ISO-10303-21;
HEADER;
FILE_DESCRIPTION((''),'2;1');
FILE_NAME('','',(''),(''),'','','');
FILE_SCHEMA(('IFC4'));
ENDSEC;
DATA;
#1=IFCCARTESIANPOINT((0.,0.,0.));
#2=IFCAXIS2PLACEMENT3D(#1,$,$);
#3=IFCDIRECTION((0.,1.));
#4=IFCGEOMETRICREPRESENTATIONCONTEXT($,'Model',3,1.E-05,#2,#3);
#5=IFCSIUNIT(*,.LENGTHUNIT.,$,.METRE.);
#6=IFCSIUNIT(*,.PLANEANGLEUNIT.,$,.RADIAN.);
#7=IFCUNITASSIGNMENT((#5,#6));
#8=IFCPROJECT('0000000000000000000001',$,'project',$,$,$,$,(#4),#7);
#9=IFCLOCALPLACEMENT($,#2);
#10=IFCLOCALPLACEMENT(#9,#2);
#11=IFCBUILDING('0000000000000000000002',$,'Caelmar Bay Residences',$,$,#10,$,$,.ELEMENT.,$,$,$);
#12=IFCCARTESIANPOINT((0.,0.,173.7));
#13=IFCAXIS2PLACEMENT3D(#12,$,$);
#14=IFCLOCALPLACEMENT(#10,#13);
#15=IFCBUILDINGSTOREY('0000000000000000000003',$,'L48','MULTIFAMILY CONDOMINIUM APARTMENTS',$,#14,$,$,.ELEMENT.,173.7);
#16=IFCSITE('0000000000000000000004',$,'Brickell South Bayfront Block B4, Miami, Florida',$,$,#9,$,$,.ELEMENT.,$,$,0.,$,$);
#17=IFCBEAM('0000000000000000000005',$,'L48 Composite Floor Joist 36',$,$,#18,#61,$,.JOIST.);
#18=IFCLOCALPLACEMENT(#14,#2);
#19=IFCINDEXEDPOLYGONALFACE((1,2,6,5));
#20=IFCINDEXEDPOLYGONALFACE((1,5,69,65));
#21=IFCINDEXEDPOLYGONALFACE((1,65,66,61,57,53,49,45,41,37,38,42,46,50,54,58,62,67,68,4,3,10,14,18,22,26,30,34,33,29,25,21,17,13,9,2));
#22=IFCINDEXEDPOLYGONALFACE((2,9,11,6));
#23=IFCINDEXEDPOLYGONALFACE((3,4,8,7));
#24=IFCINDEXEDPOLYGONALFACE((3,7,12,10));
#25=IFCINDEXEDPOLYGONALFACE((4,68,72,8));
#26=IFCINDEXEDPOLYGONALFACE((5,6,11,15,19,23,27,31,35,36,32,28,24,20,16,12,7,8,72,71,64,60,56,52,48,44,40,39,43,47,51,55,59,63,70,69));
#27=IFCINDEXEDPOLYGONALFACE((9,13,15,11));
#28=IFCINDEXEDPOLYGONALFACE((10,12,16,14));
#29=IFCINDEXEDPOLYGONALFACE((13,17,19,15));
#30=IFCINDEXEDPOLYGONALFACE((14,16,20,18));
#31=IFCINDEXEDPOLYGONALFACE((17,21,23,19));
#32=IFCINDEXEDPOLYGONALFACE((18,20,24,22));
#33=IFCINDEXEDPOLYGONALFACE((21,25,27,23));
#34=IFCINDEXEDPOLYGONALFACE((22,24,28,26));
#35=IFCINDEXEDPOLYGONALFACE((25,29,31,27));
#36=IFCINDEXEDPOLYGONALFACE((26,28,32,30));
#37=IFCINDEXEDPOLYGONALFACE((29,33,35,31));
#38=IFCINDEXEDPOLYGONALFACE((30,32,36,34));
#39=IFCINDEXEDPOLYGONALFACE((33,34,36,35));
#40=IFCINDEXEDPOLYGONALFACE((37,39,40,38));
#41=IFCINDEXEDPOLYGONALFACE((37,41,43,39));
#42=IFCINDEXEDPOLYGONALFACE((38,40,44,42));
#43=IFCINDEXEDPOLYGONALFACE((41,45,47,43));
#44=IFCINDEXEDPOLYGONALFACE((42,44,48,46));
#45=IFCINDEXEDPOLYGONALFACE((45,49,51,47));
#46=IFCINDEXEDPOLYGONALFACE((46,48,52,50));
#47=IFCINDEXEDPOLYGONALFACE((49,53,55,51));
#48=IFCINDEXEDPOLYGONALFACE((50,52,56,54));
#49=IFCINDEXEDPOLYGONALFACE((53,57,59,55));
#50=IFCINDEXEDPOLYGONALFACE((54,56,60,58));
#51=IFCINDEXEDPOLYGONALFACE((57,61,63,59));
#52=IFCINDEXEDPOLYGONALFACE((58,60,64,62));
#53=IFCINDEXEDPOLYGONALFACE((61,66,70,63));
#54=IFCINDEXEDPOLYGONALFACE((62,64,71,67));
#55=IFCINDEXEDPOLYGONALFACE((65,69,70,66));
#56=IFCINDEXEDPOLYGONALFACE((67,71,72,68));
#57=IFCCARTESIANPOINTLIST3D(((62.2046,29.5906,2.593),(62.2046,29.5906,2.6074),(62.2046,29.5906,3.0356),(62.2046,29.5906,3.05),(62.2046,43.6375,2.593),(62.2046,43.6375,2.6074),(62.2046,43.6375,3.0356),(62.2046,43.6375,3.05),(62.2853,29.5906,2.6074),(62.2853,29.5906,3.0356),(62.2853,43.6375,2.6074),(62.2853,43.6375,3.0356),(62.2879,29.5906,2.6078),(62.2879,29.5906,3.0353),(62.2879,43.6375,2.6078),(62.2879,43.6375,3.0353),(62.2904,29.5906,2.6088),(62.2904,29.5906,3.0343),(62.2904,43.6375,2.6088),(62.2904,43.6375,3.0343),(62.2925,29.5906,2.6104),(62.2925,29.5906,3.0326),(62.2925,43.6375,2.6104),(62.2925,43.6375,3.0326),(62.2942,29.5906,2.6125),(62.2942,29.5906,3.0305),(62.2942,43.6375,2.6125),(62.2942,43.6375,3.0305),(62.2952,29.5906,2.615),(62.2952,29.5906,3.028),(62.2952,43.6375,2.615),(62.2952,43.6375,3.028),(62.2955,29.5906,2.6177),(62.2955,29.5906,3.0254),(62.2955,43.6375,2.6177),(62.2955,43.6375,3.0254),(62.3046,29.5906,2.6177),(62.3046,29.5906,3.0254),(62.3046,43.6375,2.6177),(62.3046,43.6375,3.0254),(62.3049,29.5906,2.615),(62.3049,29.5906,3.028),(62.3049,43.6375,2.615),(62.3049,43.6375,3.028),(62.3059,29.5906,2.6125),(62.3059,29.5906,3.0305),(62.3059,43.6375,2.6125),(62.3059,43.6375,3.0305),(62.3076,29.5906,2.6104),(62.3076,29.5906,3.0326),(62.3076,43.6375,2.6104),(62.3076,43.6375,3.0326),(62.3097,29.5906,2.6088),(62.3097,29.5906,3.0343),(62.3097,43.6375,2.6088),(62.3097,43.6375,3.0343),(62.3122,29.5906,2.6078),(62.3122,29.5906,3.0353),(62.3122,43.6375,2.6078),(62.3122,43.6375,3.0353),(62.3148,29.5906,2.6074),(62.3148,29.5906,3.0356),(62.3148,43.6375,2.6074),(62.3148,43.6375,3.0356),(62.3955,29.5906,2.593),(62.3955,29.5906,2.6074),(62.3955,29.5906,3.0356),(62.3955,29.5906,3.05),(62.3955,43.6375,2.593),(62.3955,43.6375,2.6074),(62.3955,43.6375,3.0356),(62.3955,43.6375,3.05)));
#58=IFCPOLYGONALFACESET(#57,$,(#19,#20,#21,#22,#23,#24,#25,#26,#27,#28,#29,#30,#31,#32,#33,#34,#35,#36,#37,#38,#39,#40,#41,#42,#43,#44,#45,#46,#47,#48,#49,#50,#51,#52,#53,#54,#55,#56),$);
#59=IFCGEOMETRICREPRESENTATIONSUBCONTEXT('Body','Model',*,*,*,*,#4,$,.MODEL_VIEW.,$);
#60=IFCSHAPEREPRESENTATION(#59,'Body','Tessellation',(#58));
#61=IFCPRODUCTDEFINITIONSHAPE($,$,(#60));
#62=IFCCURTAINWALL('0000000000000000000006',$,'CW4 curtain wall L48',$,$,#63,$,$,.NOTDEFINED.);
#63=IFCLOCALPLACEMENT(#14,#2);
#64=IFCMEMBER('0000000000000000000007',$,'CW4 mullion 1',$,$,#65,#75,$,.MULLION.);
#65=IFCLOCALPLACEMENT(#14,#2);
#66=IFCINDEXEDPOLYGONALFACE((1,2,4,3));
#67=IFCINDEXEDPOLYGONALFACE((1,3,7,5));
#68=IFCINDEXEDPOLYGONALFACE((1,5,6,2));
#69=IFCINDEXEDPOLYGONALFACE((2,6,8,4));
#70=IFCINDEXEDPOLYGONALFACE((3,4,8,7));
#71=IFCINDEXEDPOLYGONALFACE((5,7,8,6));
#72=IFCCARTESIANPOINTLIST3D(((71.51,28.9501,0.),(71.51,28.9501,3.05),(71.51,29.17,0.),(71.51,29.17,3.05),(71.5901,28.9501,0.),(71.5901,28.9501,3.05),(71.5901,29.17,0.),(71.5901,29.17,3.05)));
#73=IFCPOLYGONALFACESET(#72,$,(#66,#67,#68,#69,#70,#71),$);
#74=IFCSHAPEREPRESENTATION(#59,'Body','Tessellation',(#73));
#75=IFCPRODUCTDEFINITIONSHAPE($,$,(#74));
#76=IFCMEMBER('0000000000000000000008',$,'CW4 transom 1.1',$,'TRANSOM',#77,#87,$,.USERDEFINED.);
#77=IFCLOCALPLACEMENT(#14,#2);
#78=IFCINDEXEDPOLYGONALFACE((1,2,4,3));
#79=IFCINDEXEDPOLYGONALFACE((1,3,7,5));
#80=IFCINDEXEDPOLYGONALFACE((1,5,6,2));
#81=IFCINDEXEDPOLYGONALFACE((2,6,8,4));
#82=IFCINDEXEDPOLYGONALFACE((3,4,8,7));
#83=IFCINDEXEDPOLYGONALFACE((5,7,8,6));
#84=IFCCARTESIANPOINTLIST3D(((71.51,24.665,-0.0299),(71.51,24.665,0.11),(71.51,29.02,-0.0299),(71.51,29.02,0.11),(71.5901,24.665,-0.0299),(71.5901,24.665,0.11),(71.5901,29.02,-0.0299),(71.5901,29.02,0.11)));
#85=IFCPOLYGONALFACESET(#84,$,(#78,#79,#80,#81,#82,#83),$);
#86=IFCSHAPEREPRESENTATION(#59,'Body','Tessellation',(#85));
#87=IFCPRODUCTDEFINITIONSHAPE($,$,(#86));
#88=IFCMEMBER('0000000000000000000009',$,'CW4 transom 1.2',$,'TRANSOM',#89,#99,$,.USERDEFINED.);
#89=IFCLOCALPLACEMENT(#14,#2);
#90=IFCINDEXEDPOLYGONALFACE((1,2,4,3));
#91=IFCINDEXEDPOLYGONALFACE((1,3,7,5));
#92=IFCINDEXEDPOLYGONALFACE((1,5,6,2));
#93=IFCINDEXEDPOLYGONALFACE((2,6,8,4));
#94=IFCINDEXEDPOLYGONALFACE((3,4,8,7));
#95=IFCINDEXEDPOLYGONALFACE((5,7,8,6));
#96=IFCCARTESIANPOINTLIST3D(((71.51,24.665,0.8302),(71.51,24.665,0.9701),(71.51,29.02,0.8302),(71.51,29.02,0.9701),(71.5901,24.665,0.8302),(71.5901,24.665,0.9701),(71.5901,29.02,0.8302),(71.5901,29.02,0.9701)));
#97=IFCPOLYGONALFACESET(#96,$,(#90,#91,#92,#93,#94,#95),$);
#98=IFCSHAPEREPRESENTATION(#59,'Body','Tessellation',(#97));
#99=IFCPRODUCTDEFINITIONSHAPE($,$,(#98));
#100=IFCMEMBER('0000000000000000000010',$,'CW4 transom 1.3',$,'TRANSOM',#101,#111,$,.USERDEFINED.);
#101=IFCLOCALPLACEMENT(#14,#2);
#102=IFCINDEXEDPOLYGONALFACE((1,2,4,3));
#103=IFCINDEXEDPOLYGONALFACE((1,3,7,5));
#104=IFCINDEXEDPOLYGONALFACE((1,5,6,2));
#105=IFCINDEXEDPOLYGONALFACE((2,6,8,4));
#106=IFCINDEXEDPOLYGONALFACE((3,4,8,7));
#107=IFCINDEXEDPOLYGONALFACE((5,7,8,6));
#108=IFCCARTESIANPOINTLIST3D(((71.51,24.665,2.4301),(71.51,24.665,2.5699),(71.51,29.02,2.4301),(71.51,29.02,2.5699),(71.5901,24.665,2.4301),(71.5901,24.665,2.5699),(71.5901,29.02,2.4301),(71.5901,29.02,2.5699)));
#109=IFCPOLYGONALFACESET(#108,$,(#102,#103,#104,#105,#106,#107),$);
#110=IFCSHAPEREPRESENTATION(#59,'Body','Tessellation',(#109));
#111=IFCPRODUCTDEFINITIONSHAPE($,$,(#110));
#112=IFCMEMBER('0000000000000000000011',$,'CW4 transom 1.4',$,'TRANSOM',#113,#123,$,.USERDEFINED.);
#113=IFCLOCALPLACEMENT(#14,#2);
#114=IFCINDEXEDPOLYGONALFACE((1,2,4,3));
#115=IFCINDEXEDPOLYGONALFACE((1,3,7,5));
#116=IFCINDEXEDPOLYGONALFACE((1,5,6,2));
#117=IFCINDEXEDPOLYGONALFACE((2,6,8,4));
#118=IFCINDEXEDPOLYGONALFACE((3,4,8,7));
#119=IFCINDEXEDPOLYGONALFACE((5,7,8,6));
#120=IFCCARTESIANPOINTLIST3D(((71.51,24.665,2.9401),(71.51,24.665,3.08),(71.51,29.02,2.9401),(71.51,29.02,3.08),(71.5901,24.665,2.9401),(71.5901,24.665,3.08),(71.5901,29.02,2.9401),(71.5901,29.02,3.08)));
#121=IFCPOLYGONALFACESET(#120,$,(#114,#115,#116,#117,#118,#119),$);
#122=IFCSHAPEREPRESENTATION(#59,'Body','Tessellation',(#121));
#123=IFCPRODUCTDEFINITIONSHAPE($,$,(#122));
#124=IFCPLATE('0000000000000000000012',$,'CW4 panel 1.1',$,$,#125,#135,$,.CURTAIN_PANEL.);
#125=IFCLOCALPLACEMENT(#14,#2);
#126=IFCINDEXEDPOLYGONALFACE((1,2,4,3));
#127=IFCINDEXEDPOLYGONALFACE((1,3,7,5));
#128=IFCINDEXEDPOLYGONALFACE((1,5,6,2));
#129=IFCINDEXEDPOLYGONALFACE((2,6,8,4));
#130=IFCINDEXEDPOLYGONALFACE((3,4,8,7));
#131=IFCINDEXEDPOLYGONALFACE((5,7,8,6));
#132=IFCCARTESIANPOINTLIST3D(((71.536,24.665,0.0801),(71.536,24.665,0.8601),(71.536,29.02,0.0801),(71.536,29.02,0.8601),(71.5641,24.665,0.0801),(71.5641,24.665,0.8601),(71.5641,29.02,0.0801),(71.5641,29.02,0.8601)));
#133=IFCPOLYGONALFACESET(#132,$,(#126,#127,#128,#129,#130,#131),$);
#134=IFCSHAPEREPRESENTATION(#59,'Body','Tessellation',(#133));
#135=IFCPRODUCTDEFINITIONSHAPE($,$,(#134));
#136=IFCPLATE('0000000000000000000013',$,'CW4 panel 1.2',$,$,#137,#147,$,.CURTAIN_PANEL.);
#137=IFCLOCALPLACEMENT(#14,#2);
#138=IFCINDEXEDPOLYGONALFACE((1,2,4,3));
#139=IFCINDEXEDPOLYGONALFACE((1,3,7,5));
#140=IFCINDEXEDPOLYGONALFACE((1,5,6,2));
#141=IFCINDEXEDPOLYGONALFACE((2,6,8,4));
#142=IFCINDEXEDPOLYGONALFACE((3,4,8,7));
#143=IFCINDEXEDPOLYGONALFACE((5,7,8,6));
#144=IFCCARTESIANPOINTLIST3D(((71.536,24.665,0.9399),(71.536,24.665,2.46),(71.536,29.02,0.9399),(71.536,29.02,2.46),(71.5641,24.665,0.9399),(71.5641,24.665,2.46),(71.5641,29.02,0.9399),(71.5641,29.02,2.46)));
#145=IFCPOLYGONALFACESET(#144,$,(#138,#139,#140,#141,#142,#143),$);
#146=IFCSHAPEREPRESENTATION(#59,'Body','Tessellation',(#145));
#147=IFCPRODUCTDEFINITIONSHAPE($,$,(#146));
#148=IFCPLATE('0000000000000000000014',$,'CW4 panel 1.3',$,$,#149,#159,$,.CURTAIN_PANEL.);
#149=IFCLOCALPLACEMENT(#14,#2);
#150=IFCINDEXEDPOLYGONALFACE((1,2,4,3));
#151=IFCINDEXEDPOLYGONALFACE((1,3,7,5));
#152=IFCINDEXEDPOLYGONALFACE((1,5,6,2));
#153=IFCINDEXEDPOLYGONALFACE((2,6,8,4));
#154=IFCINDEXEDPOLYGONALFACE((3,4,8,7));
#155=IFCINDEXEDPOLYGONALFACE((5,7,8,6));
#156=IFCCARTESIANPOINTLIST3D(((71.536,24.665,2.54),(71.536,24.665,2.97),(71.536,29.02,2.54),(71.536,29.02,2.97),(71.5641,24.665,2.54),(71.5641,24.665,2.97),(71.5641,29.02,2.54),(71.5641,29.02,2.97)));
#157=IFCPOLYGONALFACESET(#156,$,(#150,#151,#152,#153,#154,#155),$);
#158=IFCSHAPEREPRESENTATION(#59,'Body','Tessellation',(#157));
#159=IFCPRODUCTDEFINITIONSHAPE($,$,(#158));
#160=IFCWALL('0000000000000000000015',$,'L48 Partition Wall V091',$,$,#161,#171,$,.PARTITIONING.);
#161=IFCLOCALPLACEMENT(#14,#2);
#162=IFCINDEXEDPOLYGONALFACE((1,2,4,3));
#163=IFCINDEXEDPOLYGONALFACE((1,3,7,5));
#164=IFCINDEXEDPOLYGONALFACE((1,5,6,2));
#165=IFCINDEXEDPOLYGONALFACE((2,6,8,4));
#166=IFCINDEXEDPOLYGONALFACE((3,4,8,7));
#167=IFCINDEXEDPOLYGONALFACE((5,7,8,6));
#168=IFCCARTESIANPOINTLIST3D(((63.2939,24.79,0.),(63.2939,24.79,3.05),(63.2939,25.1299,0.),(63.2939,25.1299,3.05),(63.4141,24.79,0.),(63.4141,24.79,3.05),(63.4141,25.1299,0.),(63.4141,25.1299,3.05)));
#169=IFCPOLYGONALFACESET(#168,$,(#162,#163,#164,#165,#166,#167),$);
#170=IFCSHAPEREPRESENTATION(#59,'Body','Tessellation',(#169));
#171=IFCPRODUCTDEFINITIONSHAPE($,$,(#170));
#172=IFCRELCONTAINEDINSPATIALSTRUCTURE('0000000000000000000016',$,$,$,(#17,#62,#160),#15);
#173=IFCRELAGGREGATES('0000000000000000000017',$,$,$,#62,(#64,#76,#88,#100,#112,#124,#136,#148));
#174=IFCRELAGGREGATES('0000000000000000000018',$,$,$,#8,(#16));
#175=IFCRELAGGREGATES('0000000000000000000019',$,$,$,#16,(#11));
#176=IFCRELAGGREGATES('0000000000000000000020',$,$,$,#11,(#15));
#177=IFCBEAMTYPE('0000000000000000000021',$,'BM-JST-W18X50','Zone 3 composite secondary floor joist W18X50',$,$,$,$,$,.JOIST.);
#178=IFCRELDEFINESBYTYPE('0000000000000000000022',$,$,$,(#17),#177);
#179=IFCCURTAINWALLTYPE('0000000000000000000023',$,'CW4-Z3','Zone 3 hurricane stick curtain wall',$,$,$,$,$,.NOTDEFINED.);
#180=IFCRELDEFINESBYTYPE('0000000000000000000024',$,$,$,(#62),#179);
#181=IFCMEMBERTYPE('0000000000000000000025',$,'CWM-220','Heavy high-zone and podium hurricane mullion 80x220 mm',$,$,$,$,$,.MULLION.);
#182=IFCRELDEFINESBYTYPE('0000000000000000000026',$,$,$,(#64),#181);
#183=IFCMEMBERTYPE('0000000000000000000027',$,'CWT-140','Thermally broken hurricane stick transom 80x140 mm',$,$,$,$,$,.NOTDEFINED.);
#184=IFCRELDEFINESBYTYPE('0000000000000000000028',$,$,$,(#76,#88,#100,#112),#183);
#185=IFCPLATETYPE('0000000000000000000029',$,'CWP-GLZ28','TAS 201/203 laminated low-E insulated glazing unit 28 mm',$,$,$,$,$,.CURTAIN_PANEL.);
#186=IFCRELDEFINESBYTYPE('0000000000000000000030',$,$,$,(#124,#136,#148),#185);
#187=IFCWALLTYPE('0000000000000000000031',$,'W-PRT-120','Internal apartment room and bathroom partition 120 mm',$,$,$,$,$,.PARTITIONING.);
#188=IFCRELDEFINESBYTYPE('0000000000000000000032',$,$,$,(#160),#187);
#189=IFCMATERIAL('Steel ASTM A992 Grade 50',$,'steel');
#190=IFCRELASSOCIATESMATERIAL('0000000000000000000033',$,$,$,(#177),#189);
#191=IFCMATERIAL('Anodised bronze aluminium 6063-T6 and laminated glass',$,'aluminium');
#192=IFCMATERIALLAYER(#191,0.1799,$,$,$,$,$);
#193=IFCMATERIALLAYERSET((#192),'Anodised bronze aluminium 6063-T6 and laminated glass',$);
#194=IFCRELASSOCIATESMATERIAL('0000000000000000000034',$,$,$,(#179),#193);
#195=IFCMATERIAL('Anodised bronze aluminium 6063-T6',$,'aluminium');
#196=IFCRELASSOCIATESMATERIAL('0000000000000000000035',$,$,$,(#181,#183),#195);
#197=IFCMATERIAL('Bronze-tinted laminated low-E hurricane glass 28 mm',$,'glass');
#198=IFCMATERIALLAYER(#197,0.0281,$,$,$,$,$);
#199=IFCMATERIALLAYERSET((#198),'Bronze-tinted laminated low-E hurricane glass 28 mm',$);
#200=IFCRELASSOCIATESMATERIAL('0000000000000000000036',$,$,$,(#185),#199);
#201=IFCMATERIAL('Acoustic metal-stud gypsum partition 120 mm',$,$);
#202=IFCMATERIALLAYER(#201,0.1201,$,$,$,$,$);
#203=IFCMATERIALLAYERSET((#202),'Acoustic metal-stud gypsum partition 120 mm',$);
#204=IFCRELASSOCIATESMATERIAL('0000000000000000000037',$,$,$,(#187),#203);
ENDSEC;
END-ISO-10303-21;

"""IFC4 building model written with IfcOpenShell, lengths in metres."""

from ifc_helpers import new_model, si_unit, direction, frame, frame_2d, origin, origin_2d, place, context, subcontext, project, spatial, rectangle, i_section, extrude, material, layer, layer_set, material_profile, profile_set, type_object, element, aggregate, save


model = new_model("IFC4")

# Units and contexts
model_context = context("Model", 3, precision=1e-05, world=origin(), true_north=direction((0.0, 1.0)))
body_context = subcontext(model_context, "Body", "Model", "MODEL_VIEW")
ifc_project = project(units=[si_unit("LENGTHUNIT", "METRE"), si_unit("PLANEANGLEUNIT", "RADIAN")], contexts=[model_context])

# Site, building, storey
site_placement = place(None, origin())
site = spatial("IfcSite", under=ifc_project, at=site_placement, Name="Brickell South Bayfront Block B4, Miami, Florida", CompositionType="ELEMENT", RefElevation=0.0)
building_placement = place(site_placement, origin())
building = spatial("IfcBuilding", under=site, at=building_placement, Name="Caelmar Bay Residences", CompositionType="ELEMENT")
storey_placement = place(building_placement, frame((0.0, 0.0, 173.7)))
storey = spatial("IfcBuildingStorey", under=building, at=storey_placement, Name="L48", Description="MULTIFAMILY CONDOMINIUM APARTMENTS", CompositionType="ELEMENT", Elevation=173.7)

# Beam
ifc_material_1 = material(Name="Steel ASTM A992 Grade 50", Category="steel")
ifc_material_profile_1 = material_profile(ifc_material_1, i_section(OverallWidth=0.1909, OverallDepth=0.457, WebThickness=0.009, FlangeThickness=0.0144, FilletRadius=0.0103, at=origin_2d()), Name="W18X50")
ifc_profile_set_1 = profile_set([ifc_material_profile_1], Name="Steel ASTM A992 Grade 50")
beam_type_1 = type_object("IfcBeamType", Name="BM-JST-W18X50", Description="Zone 3 composite secondary floor joist W18X50", PredefinedType="JOIST", material=ifc_profile_set_1)
beam_1_placement = place(storey_placement, frame((62.3, 29.5906, 2.8215), z_axis=(0.0, 1.0, 0.0), x_axis=(-1.0, 0.0, 0.0)))
element("IfcBeam", 1, at=beam_1_placement, inside=storey, type_object=beam_type_1, Name="L48 Composite Floor Joist 36", PredefinedType="JOIST", context=body_context, shape_type="SweptSolid", body=[
    extrude(i_section(OverallWidth=0.1909, OverallDepth=0.457, WebThickness=0.009, FlangeThickness=0.0144, FilletRadius=0.0103, at=origin_2d()), origin(), (0.0, 0.0, 1.0), 14.0469),
])

# Curtain wall, members, plates
ifc_material_2 = material(Name="Anodised bronze aluminium 6063-T6 and laminated glass", Category="aluminium")
ifc_layer_1 = layer(ifc_material_2, 0.1799)
ifc_layer_set_1 = layer_set([ifc_layer_1], Name="Anodised bronze aluminium 6063-T6 and laminated glass")
curtain_wall_type = type_object("IfcCurtainWallType", Name="CW4-Z3", Description="Zone 3 hurricane stick curtain wall", PredefinedType="NOTDEFINED", material=ifc_layer_set_1)
curtain_wall_placement = place(storey_placement, origin())
curtain_wall = element("IfcCurtainWall", 2, at=curtain_wall_placement, inside=storey, type_object=curtain_wall_type, Name="CW4 curtain wall L48", PredefinedType="NOTDEFINED")
ifc_material_3 = material(Name="Anodised bronze aluminium 6063-T6", Category="aluminium")
ifc_material_profile_2 = material_profile(ifc_material_3, rectangle(XDim=0.0801, YDim=0.22, at=origin_2d()), Name="CWM-80X220")
ifc_profile_set_2 = profile_set([ifc_material_profile_2], Name="Anodised bronze aluminium 6063-T6")
member_type_1 = type_object("IfcMemberType", Name="CWM-220", Description="Heavy high-zone and podium hurricane mullion 80x220 mm", PredefinedType="MULLION", material=ifc_profile_set_2)
member_1_placement = place(storey_placement, frame((71.55, 29.0601, 0.0), z_axis=(0.0, 0.0, 1.0), x_axis=(1.0, 0.0, 0.0)))
member_1 = element("IfcMember", 3, at=member_1_placement, type_object=member_type_1, Name="CW4 mullion 1", PredefinedType="MULLION", context=body_context, shape_type="SweptSolid", body=[
    extrude(rectangle(XDim=0.0801, YDim=0.22, at=origin_2d()), origin(), (0.0, 0.0, 1.0), 3.05),
])
ifc_material_profile_3 = material_profile(ifc_material_3, rectangle(XDim=0.0801, YDim=0.1399, at=origin_2d()), Name="CWT-80X140")
ifc_profile_set_3 = profile_set([ifc_material_profile_3], Name="Anodised bronze aluminium 6063-T6")
member_type_2 = type_object("IfcMemberType", Name="CWT-140", Description="Thermally broken hurricane stick transom 80x140 mm", PredefinedType="NOTDEFINED", material=ifc_profile_set_3)
member_2_placement = place(storey_placement, frame((71.55, 29.02, 0.04), z_axis=(0.0, -1.0, 0.0), x_axis=(1.0, 0.0, 0.0)))
member_2 = element("IfcMember", 4, at=member_2_placement, type_object=member_type_2, Name="CW4 transom 1.1", ObjectType="TRANSOM", PredefinedType="USERDEFINED", context=body_context, shape_type="SweptSolid", body=[
    extrude(rectangle(XDim=0.0801, YDim=0.1399, at=origin_2d()), origin(), (0.0, 0.0, 1.0), 4.355),
])
member_3_placement = place(storey_placement, frame((71.55, 29.02, 0.9001), z_axis=(0.0, -1.0, 0.0), x_axis=(1.0, 0.0, 0.0)))
member_3 = element("IfcMember", 5, at=member_3_placement, type_object=member_type_2, Name="CW4 transom 1.2", ObjectType="TRANSOM", PredefinedType="USERDEFINED", context=body_context, shape_type="SweptSolid", body=[
    extrude(rectangle(XDim=0.0801, YDim=0.1399, at=origin_2d()), origin(), (0.0, 0.0, 1.0), 4.355),
])
member_4_placement = place(storey_placement, frame((71.55, 29.02, 2.5), z_axis=(0.0, -1.0, 0.0), x_axis=(1.0, 0.0, 0.0)))
member_4 = element("IfcMember", 6, at=member_4_placement, type_object=member_type_2, Name="CW4 transom 1.3", ObjectType="TRANSOM", PredefinedType="USERDEFINED", context=body_context, shape_type="SweptSolid", body=[
    extrude(rectangle(XDim=0.0801, YDim=0.1399, at=origin_2d()), origin(), (0.0, 0.0, 1.0), 4.355),
])
member_5_placement = place(storey_placement, frame((71.55, 29.02, 3.01), z_axis=(0.0, -1.0, 0.0), x_axis=(1.0, 0.0, 0.0)))
member_5 = element("IfcMember", 7, at=member_5_placement, type_object=member_type_2, Name="CW4 transom 1.4", ObjectType="TRANSOM", PredefinedType="USERDEFINED", context=body_context, shape_type="SweptSolid", body=[
    extrude(rectangle(XDim=0.0801, YDim=0.1399, at=origin_2d()), origin(), (0.0, 0.0, 1.0), 4.355),
])
ifc_material_4 = material(Name="Bronze-tinted laminated low-E hurricane glass 28 mm", Category="glass")
ifc_layer_2 = layer(ifc_material_4, 0.0281)
ifc_layer_set_2 = layer_set([ifc_layer_2], Name="Bronze-tinted laminated low-E hurricane glass 28 mm")
plate_type = type_object("IfcPlateType", Name="CWP-GLZ28", Description="TAS 201/203 laminated low-E insulated glazing unit 28 mm", PredefinedType="CURTAIN_PANEL", material=ifc_layer_set_2)
plate_1_placement = place(storey_placement, frame((71.55, 26.8425, 0.0801), z_axis=(0.0, 0.0, 1.0), x_axis=(0.0, -1.0, 0.0)))
plate_1 = element("IfcPlate", 8, at=plate_1_placement, type_object=plate_type, Name="CW4 panel 1.1", PredefinedType="CURTAIN_PANEL", context=body_context, shape_type="SweptSolid", body=[
    extrude(rectangle(XDim=4.355, YDim=0.0281, at=origin_2d()), origin(), (0.0, 0.0, 1.0), 0.78),
])
plate_2_placement = place(storey_placement, frame((71.55, 26.8425, 0.9399), z_axis=(0.0, 0.0, 1.0), x_axis=(0.0, -1.0, 0.0)))
plate_2 = element("IfcPlate", 9, at=plate_2_placement, type_object=plate_type, Name="CW4 panel 1.2", PredefinedType="CURTAIN_PANEL", context=body_context, shape_type="SweptSolid", body=[
    extrude(rectangle(XDim=4.355, YDim=0.0281, at=origin_2d()), origin(), (0.0, 0.0, 1.0), 1.52),
])
plate_3_placement = place(storey_placement, frame((71.55, 26.8425, 2.54), z_axis=(0.0, 0.0, 1.0), x_axis=(0.0, -1.0, 0.0)))
plate_3 = element("IfcPlate", 10, at=plate_3_placement, type_object=plate_type, Name="CW4 panel 1.3", PredefinedType="CURTAIN_PANEL", context=body_context, shape_type="SweptSolid", body=[
    extrude(rectangle(XDim=4.355, YDim=0.0281, at=origin_2d()), origin(), (0.0, 0.0, 1.0), 0.4299),
])
aggregate(curtain_wall, [member_1, member_2, member_3, member_4, member_5, plate_1, plate_2, plate_3])

# Wall
ifc_material_5 = material(Name="Acoustic metal-stud gypsum partition 120 mm")
ifc_layer_3 = layer(ifc_material_5, 0.1201)
ifc_layer_set_3 = layer_set([ifc_layer_3], Name="Acoustic metal-stud gypsum partition 120 mm")
wall_type = type_object("IfcWallType", Name="W-PRT-120", Description="Internal apartment room and bathroom partition 120 mm", PredefinedType="PARTITIONING", material=ifc_layer_set_3)
wall_1_placement = place(storey_placement, frame((63.354, 24.79, 0.0), z_axis=(0.0, 0.0, 1.0), x_axis=(0.0, 1.0, 0.0)))
element("IfcWall", 11, at=wall_1_placement, inside=storey, type_object=wall_type, Name="L48 Partition Wall V091", PredefinedType="PARTITIONING", context=body_context, shape_type="SweptSolid", body=[
    extrude(rectangle(XDim=0.3398, YDim=0.1201, at=frame_2d((0.1699, 0.0))), origin(), (0.0, 0.0, 1.0), 3.05),
])

save(model, "model.ifc")
